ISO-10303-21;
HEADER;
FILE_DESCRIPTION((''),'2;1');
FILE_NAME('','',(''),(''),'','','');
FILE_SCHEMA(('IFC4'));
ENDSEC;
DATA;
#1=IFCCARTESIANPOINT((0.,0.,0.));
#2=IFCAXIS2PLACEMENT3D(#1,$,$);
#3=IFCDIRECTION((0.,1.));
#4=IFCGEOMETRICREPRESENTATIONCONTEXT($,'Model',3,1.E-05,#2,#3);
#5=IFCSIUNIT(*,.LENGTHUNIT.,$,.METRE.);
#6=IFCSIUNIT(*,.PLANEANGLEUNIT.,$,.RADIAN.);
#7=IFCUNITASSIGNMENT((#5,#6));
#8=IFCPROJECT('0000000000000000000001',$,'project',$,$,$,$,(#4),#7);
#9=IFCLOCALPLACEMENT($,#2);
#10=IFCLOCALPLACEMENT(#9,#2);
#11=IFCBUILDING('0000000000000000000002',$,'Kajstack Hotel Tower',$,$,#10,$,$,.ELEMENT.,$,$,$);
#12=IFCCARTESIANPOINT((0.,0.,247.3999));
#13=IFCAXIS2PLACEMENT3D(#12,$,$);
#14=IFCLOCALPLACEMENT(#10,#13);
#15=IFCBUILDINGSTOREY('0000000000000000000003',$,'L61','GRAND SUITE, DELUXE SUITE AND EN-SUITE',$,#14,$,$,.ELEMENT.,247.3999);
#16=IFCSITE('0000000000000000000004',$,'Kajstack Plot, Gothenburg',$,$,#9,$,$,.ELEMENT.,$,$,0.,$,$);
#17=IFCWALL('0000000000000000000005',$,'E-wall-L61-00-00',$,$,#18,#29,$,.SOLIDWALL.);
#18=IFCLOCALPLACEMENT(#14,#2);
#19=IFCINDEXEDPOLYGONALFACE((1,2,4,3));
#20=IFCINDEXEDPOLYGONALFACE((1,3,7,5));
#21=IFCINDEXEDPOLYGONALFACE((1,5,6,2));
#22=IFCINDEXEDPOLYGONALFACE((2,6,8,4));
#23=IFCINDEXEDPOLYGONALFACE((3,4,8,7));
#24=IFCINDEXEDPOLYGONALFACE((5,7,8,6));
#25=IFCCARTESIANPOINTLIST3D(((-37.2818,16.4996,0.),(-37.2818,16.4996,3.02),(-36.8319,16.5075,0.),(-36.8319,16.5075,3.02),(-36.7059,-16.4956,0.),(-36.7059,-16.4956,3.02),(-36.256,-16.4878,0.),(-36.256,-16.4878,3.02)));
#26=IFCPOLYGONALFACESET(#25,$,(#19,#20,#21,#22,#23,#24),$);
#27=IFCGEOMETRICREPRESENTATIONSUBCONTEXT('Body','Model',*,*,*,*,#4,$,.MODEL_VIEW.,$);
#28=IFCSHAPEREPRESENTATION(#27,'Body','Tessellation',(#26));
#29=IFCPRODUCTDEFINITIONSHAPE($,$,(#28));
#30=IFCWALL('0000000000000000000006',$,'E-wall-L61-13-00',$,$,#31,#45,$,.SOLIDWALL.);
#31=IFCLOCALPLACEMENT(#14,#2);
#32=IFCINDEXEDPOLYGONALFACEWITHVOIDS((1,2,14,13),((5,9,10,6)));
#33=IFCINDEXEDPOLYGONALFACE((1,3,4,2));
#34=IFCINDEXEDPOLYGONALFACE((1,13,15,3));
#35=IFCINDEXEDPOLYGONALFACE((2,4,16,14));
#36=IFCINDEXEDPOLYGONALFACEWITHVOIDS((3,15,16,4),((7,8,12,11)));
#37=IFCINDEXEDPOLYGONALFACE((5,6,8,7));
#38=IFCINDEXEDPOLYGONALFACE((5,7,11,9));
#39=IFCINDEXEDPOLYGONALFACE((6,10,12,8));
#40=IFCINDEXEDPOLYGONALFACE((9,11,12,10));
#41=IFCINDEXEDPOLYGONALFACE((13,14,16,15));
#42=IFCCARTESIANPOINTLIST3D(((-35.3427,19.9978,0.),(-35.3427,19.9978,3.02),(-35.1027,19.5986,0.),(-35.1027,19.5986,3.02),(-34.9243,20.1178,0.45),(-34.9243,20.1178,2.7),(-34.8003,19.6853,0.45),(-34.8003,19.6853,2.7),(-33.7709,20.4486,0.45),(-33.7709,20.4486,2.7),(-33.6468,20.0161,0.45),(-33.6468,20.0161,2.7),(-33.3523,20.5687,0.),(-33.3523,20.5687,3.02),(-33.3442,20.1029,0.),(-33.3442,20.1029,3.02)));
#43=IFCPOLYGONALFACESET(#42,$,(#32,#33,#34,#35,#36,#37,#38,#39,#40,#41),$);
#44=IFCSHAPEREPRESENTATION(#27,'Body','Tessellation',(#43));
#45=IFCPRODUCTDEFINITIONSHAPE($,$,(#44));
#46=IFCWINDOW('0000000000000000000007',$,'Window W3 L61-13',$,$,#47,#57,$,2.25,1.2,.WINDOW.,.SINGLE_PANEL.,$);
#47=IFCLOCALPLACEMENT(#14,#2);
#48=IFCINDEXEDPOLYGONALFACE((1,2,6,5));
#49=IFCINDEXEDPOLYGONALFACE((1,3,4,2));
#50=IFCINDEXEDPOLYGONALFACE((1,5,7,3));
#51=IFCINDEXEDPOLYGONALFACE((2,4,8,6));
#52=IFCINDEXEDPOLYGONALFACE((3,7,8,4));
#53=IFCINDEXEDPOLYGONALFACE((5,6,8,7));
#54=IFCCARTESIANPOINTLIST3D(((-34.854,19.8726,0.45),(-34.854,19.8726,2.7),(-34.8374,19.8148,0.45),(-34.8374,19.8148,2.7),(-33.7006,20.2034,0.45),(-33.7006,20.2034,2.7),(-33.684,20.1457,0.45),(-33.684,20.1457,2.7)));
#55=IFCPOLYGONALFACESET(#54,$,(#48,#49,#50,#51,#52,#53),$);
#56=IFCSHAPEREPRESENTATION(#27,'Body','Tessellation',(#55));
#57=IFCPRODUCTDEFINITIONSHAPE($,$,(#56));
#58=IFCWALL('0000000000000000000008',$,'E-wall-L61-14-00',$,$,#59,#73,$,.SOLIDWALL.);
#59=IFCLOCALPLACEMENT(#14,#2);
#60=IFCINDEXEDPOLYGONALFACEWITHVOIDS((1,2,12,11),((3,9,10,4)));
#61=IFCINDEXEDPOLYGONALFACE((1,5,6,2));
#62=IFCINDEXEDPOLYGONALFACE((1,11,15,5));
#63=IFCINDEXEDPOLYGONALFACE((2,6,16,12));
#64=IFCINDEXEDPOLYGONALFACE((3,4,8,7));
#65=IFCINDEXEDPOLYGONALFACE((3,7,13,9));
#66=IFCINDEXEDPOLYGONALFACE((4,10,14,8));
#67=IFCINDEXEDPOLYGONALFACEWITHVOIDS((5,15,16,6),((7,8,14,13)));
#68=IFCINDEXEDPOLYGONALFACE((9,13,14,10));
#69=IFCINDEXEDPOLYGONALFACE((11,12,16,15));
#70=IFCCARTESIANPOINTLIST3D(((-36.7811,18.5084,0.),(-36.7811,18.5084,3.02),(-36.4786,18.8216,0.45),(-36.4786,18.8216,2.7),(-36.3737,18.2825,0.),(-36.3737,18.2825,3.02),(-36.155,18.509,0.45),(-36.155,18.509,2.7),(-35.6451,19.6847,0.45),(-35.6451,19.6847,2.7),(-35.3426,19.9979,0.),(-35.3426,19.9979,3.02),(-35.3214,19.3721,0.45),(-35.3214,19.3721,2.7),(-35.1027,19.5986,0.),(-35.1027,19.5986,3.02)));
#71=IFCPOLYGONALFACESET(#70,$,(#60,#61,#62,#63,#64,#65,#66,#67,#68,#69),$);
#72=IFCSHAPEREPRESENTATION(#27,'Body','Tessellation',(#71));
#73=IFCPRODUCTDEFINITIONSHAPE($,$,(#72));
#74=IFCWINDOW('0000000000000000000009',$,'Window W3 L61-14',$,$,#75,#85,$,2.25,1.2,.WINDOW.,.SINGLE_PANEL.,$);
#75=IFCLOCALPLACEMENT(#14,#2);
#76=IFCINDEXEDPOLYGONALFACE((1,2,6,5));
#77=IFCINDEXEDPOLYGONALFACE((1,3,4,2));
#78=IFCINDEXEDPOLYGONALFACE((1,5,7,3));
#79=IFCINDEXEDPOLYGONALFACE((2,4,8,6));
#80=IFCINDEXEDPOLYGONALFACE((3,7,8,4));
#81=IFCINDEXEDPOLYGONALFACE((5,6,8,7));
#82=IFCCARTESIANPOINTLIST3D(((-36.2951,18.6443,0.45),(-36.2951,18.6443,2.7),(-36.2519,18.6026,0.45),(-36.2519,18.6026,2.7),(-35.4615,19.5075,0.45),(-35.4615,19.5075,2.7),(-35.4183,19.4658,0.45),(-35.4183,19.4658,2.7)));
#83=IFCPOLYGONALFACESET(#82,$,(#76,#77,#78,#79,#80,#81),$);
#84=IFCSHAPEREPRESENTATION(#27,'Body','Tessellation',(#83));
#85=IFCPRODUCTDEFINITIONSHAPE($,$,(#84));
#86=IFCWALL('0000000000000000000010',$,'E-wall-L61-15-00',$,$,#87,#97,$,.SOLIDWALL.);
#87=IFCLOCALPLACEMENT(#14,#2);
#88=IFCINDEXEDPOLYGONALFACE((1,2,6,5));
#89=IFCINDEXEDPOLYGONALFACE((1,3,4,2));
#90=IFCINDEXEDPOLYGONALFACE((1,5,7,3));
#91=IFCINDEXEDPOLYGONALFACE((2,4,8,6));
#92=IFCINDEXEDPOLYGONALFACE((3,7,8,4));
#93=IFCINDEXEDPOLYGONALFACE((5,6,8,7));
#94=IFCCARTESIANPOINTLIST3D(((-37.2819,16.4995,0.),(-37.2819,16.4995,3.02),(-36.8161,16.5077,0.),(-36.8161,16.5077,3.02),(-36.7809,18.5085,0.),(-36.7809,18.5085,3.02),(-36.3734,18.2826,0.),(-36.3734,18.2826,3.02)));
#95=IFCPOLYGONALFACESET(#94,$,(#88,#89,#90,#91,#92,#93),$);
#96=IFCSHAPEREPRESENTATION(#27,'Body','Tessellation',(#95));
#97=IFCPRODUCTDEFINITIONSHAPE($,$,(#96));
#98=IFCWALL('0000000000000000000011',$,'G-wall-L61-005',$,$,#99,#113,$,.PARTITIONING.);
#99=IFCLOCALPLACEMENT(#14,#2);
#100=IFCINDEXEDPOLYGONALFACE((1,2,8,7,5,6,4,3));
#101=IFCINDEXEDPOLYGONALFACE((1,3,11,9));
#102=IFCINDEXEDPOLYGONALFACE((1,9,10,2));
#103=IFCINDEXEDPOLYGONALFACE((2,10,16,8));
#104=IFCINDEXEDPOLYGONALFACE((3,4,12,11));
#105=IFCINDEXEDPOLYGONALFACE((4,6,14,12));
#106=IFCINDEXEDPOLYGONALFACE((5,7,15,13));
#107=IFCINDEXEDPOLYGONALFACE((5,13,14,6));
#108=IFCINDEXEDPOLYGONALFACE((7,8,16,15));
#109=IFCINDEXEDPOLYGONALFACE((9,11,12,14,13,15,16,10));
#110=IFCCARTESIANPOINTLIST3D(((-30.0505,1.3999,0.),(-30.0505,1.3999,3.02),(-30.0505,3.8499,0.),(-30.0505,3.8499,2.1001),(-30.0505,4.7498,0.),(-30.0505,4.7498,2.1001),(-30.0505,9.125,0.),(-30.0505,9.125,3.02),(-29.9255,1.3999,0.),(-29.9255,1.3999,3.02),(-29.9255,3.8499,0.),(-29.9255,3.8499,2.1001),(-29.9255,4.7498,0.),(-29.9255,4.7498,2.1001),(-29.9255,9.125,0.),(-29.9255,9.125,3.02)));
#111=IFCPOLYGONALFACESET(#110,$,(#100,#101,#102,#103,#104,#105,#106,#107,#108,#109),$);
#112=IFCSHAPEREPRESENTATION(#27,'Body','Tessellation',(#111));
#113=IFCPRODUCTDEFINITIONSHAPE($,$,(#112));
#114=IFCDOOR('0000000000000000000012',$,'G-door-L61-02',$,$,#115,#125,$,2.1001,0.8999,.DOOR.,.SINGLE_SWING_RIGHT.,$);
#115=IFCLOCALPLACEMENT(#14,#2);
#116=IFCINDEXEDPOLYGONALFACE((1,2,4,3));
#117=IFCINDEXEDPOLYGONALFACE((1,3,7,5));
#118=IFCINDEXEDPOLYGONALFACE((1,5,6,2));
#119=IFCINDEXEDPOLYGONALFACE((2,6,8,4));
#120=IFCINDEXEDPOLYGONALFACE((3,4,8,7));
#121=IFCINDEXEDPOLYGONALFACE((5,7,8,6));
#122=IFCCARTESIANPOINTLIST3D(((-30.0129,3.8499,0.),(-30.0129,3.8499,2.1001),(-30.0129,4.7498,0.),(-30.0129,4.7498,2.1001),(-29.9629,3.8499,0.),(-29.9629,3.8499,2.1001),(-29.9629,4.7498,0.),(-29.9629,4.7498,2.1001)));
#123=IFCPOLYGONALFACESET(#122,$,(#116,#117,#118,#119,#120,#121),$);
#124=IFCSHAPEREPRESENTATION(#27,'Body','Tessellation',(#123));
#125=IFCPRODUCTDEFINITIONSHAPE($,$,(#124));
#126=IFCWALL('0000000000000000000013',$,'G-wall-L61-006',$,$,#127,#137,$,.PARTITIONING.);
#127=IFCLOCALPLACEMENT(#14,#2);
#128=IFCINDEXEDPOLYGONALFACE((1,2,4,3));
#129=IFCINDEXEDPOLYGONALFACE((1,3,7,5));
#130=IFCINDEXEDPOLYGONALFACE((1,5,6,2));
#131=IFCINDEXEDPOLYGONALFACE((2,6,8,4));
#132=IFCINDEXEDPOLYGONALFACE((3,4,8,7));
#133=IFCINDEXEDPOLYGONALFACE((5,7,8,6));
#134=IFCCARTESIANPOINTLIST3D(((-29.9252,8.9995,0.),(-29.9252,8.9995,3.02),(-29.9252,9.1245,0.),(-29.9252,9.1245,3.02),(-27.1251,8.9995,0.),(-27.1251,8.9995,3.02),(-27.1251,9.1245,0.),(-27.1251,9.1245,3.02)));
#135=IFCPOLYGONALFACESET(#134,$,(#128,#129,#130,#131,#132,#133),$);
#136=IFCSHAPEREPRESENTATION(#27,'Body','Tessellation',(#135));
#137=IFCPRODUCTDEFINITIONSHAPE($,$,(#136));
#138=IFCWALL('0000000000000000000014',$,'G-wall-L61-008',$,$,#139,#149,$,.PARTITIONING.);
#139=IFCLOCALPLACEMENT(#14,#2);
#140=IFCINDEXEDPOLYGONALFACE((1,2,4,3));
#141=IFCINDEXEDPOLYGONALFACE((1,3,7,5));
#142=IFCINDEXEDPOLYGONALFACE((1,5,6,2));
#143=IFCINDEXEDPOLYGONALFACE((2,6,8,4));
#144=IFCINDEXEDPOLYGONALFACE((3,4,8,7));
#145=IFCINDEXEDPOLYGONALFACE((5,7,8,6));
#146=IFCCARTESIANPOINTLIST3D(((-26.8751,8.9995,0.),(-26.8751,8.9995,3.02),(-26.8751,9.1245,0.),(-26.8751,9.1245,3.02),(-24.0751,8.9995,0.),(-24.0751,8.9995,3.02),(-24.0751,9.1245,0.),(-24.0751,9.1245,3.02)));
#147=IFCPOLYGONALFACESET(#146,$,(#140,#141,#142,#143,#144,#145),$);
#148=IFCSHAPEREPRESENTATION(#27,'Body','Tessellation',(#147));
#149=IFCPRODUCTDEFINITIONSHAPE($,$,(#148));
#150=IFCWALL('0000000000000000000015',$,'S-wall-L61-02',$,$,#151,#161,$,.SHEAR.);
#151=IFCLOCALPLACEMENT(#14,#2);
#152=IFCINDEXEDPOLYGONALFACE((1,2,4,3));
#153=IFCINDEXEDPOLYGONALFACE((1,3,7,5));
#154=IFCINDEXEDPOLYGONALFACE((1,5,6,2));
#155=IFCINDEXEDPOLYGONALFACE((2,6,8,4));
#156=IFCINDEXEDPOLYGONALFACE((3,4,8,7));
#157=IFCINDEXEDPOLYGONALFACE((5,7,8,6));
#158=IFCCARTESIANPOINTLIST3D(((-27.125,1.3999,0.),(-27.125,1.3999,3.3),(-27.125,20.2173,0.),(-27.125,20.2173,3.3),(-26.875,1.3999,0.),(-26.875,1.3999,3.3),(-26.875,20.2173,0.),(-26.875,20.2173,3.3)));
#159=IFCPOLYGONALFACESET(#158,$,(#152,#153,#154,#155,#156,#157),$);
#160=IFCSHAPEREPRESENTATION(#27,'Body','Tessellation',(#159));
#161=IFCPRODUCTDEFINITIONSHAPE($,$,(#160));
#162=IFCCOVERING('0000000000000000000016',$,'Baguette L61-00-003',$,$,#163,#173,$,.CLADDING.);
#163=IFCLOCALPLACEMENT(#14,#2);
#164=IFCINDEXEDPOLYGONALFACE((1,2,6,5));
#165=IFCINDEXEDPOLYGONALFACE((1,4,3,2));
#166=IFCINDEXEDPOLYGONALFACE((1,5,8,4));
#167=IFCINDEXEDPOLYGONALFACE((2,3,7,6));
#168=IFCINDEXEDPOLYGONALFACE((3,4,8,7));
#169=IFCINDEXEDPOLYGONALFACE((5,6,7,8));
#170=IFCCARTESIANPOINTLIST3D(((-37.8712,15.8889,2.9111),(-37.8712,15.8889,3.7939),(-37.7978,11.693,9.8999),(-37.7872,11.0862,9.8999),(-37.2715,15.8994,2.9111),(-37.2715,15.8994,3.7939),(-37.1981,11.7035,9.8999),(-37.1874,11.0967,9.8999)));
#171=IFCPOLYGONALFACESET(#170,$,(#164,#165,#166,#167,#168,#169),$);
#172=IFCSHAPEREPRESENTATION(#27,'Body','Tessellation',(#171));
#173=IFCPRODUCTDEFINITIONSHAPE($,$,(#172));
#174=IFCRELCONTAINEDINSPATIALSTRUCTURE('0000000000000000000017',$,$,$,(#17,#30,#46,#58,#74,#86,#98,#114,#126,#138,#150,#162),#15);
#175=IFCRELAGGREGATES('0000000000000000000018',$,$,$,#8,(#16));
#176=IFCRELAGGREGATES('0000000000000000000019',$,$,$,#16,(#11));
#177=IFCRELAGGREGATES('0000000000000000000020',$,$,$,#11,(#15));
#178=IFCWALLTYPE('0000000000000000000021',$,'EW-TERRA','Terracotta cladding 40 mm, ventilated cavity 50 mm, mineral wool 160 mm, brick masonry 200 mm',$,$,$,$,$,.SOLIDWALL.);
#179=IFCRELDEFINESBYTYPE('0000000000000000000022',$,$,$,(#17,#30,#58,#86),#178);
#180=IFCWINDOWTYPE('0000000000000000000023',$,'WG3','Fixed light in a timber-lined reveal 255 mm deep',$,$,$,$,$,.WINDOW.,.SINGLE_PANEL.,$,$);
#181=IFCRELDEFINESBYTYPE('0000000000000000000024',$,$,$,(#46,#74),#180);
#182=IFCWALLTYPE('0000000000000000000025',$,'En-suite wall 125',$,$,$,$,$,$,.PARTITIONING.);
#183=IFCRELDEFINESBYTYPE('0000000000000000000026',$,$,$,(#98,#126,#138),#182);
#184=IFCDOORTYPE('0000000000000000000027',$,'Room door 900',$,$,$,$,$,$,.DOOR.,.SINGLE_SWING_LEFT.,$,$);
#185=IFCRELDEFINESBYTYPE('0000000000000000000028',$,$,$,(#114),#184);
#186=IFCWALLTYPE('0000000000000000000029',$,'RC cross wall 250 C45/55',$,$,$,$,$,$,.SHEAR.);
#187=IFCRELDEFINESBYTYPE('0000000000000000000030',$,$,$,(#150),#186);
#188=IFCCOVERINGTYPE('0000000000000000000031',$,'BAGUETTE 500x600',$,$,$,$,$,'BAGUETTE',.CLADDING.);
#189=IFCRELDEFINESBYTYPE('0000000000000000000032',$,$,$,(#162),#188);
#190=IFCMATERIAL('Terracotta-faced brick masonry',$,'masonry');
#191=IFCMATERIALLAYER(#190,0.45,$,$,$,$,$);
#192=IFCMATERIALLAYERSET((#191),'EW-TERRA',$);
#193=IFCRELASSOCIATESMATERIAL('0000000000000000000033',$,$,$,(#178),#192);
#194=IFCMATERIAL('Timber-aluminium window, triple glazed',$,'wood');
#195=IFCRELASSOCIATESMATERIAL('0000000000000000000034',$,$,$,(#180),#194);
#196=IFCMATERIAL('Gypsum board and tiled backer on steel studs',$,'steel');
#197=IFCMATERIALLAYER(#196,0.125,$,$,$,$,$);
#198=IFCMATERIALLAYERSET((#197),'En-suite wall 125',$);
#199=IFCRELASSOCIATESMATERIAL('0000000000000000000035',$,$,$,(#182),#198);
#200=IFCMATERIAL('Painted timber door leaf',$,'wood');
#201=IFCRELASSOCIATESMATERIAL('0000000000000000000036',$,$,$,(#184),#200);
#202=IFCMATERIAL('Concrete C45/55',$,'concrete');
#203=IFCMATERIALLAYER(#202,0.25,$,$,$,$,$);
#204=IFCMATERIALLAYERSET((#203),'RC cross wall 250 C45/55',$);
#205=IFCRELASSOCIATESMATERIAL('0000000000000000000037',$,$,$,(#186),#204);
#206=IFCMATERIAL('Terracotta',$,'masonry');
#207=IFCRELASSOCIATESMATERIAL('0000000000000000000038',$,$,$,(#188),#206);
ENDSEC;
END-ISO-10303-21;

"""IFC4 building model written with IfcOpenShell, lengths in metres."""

from ifc_helpers import new_model, si_unit, direction, frame, frame_2d, origin, origin_2d, place, context, subcontext, project, spatial, polyline, rectangle, outline, extrude, material, layer, layer_set, material_profile, profile_set, type_object, element, fill, save


model = new_model("IFC4")

# Units and contexts
model_context = context("Model", 3, precision=1e-05, world=origin(), true_north=direction((0.0, 1.0)))
body_context = subcontext(model_context, "Body", "Model", "MODEL_VIEW")
ifc_project = project(units=[si_unit("LENGTHUNIT", "METRE"), si_unit("PLANEANGLEUNIT", "RADIAN")], contexts=[model_context])

# Site, building, storey
site_placement = place(None, origin())
site = spatial("IfcSite", under=ifc_project, at=site_placement, Name="Kajstack Plot, Gothenburg", CompositionType="ELEMENT", RefElevation=0.0)
building_placement = place(site_placement, origin())
building = spatial("IfcBuilding", under=site, at=building_placement, Name="Kajstack Hotel Tower", CompositionType="ELEMENT")
storey_placement = place(building_placement, frame((0.0, 0.0, 247.3999)))
storey = spatial("IfcBuildingStorey", under=building, at=storey_placement, Name="L61", Description="GRAND SUITE, DELUXE SUITE AND EN-SUITE", CompositionType="ELEMENT", Elevation=247.3999)

# Wall
ifc_material_1 = material(Name="Terracotta-faced brick masonry", Category="masonry")
ifc_layer_1 = layer(ifc_material_1, 0.45)
ifc_layer_set_1 = layer_set([ifc_layer_1], Name="EW-TERRA")
wall_type_1 = type_object("IfcWallType", Name="EW-TERRA", Description="Terracotta cladding 40 mm, ventilated cavity 50 mm, mineral wool 160 mm, brick masonry 200 mm", PredefinedType="SOLIDWALL", material=ifc_layer_set_1)
wall_1_placement = place(storey_placement, frame((-37.0569, 16.5034, 0.0), z_axis=(0.0, 0.0, 1.0), x_axis=(0.017452, -0.999848, 0.0)))
element("IfcWall", 1, at=wall_1_placement, inside=storey, type_object=wall_type_1, Name="E-wall-L61-00-00", PredefinedType="SOLIDWALL", context=body_context, shape_type="SweptSolid", body=[
    extrude(rectangle(XDim=33.0002, YDim=0.45, at=frame_2d((16.5, 0.0))), origin(), (0.0, 0.0, 1.0), 3.02),
])

# Walls, openings, windows
wall_2_placement = place(storey_placement, frame((-33.2903, 20.3523, 0.0), z_axis=(0.0, 0.0, 1.0), x_axis=(-0.961248, -0.275687, 0.0)))
wall_2 = element("IfcWall", 2, at=wall_2_placement, inside=storey, type_object=wall_type_1, Name="E-wall-L61-13-00", PredefinedType="SOLIDWALL", context=body_context, shape_type="SweptSolid", body=[
    extrude(outline(polyline([(0.0, -0.2251), (2.0706, -0.2251), (1.95, 0.2249), (0.1206, 0.2249), (0.0, -0.2251)])), origin(), (0.0, 0.0, 1.0), 3.02),
])
opening_1_placement = place(wall_2_placement, frame((0.4353, 0.0, 0.45)))
opening_1 = element("IfcOpeningElement", 3, at=opening_1_placement, cuts=wall_2, PredefinedType="OPENING", context=body_context, shape_type="SweptSolid", body=[
    extrude(rectangle(XDim=1.2, YDim=2.25, at=frame_2d((0.6001, 1.125))), frame((0.0, 0.2349, 0.0), z_axis=(0.0, -1.0, 0.0), x_axis=(1.0, 0.0, 0.0)), (0.0, 0.0, 1.0), 0.47),
])
ifc_material_2 = material(Name="Timber-aluminium window, triple glazed", Category="wood")
window_type = type_object("IfcWindowType", Name="WG3", Description="Fixed light in a timber-lined reveal 255 mm deep", PartitioningType="SINGLE_PANEL", PredefinedType="WINDOW", material=ifc_material_2)
window_1_placement = place(opening_1_placement, origin())
window_1 = element("IfcWindow", 4, at=window_1_placement, inside=storey, type_object=window_type, Name="Window W3 L61-13", OverallHeight=2.25, OverallWidth=1.2, PartitioningType="SINGLE_PANEL", PredefinedType="WINDOW", context=body_context, shape_type="SweptSolid", body=[
    extrude(rectangle(XDim=1.2, YDim=2.25, at=frame_2d((0.6001, 1.125))), frame((0.0, 0.0901, 0.0), z_axis=(0.0, -1.0, 0.0), x_axis=(1.0, 0.0, 0.0)), (0.0, 0.0, 1.0), 0.0601),
])
fill(opening_1, window_1)
wall_3_placement = place(storey_placement, frame((-35.1807, 19.8416, 0.0), z_axis=(0.0, 0.0, 1.0), x_axis=(-0.694679, -0.71932, 0.0)))
wall_3 = element("IfcWall", 5, at=wall_3_placement, inside=storey, type_object=wall_type_1, Name="E-wall-L61-14-00", PredefinedType="SOLIDWALL", context=body_context, shape_type="SweptSolid", body=[
    extrude(outline(polyline([(0.0, -0.2251), (2.0708, -0.2251), (1.9502, 0.2249), (0.1206, 0.2249), (0.0, -0.2251)])), origin(), (0.0, 0.0, 1.0), 3.02),
])
opening_2_placement = place(wall_3_placement, frame((0.4353, 0.0, 0.45)))
opening_2 = element("IfcOpeningElement", 6, at=opening_2_placement, cuts=wall_3, PredefinedType="OPENING", context=body_context, shape_type="SweptSolid", body=[
    extrude(rectangle(XDim=1.2, YDim=2.25, at=frame_2d((0.6001, 1.125))), frame((0.0, 0.2349, 0.0), z_axis=(0.0, -1.0, 0.0), x_axis=(1.0, 0.0, 0.0)), (0.0, 0.0, 1.0), 0.47),
])
window_2_placement = place(opening_2_placement, origin())
window_2 = element("IfcWindow", 7, at=window_2_placement, inside=storey, type_object=window_type, Name="Window W3 L61-14", OverallHeight=2.25, OverallWidth=1.2, PartitioningType="SINGLE_PANEL", PredefinedType="WINDOW", context=body_context, shape_type="SweptSolid", body=[
    extrude(rectangle(XDim=1.2, YDim=2.25, at=frame_2d((0.6001, 1.125))), frame((0.0, 0.0901, 0.0), z_axis=(0.0, -1.0, 0.0), x_axis=(1.0, 0.0, 0.0)), (0.0, 0.0, 1.0), 0.0601),
])
fill(opening_2, window_2)

# Wall
wall_4_placement = place(storey_placement, frame((-36.5627, 18.4539, 0.0), z_axis=(0.0, 0.0, 1.0), x_axis=(-0.24187, -0.970309, 0.0)))
element("IfcWall", 8, at=wall_4_placement, inside=storey, type_object=wall_type_1, Name="E-wall-L61-15-00", PredefinedType="SOLIDWALL", context=body_context, shape_type="SweptSolid", body=[
    extrude(outline(polyline([(-0.0002, -0.2249), (2.0703, -0.2251), (1.9497, 0.2249), (0.1204, 0.2251), (-0.0002, -0.2249)])), origin(), (0.0, 0.0, 1.0), 3.02),
])

# Wall, opening, door
ifc_material_3 = material(Name="Gypsum board and tiled backer on steel studs", Category="steel")
ifc_layer_2 = layer(ifc_material_3, 0.125)
ifc_layer_set_2 = layer_set([ifc_layer_2], Name="En-suite wall 125")
wall_type_2 = type_object("IfcWallType", Name="En-suite wall 125", PredefinedType="PARTITIONING", material=ifc_layer_set_2)
wall_5_placement = place(storey_placement, frame((-29.988, 1.3999, 0.0), z_axis=(0.0, 0.0, 1.0), x_axis=(0.0, 1.0, 0.0)))
wall_5 = element("IfcWall", 9, at=wall_5_placement, inside=storey, type_object=wall_type_2, Name="G-wall-L61-005", PredefinedType="PARTITIONING", context=body_context, shape_type="SweptSolid", body=[
    extrude(rectangle(XDim=7.7251, YDim=0.125, at=frame_2d((3.8625, 0.0))), origin(), (0.0, 0.0, 1.0), 3.02),
])
opening_3_placement = place(wall_5_placement, frame((2.45, 0.0, 0.0)))
opening_3 = element("IfcOpeningElement", 10, at=opening_3_placement, cuts=wall_5, PredefinedType="OPENING", context=body_context, shape_type="SweptSolid", body=[
    extrude(rectangle(XDim=0.8999, YDim=2.1001, at=frame_2d((0.45, 1.05))), frame((0.0, 0.0725, 0.0), z_axis=(0.0, -1.0, 0.0), x_axis=(1.0, 0.0, 0.0)), (0.0, 0.0, 1.0), 0.145),
])
ifc_material_4 = material(Name="Painted timber door leaf", Category="wood")
door_type = type_object("IfcDoorType", Name="Room door 900", OperationType="SINGLE_SWING_LEFT", PredefinedType="DOOR", material=ifc_material_4)
door_placement = place(opening_3_placement, origin())
door = element("IfcDoor", 11, at=door_placement, inside=storey, type_object=door_type, Name="G-door-L61-02", OperationType="SINGLE_SWING_RIGHT", OverallHeight=2.1001, OverallWidth=0.8999, PredefinedType="DOOR", context=body_context, shape_type="SweptSolid", body=[
    extrude(rectangle(XDim=0.8999, YDim=2.1001, at=frame_2d((0.45, 1.05))), frame((0.0, 0.0249, 0.0), z_axis=(0.0, -1.0, 0.0), x_axis=(1.0, 0.0, 0.0)), (0.0, 0.0, 1.0), 0.05),
])
fill(opening_3, door)

# Walls
for number, where, z_axis, x_axis, name in (
    (12, (-29.925, 9.062, 0.0), (0.0, 0.0, 1.0), (1.0, 0.0, 0.0), "G-wall-L61-006"),
    (13, (-26.875, 9.062, 0.0), (0.0, 0.0, 1.0), (1.0, 0.0, 0.0), "G-wall-L61-008"),
):
    element("IfcWall", number, at=place(storey_placement, frame(where, z_axis=z_axis, x_axis=x_axis)), inside=storey, type_object=wall_type_2, Name=name, PredefinedType="PARTITIONING", context=body_context, shape_type="SweptSolid", body=[
        extrude(rectangle(XDim=2.8, YDim=0.125, at=frame_2d((1.3999, 0.0))), origin(), (0.0, 0.0, 1.0), 3.02),
    ])
ifc_material_5 = material(Name="Concrete C45/55", Category="concrete")
ifc_layer_3 = layer(ifc_material_5, 0.25)
ifc_layer_set_3 = layer_set([ifc_layer_3], Name="RC cross wall 250 C45/55")
wall_type_3 = type_object("IfcWallType", Name="RC cross wall 250 C45/55", PredefinedType="SHEAR", material=ifc_layer_set_3)
wall_6_placement = place(storey_placement, frame((-27.0, 1.3999, 0.0), z_axis=(0.0, 0.0, 1.0), x_axis=(0.0, 1.0, 0.0)))
element("IfcWall", 14, at=wall_6_placement, inside=storey, type_object=wall_type_3, Name="S-wall-L61-02", PredefinedType="SHEAR", context=body_context, shape_type="SweptSolid", body=[
    extrude(rectangle(XDim=18.8174, YDim=0.25, at=frame_2d((9.4087, 0.0))), origin(), (0.0, 0.0, 1.0), 3.3),
])

# Covering
ifc_material_6 = material(Name="Terracotta", Category="masonry")
ifc_material_profile = material_profile(ifc_material_6, rectangle(XDim=0.6001, YDim=0.5, at=origin_2d()), Name="Terracotta-clad concrete baguette 500 x 600")
ifc_profile_set = profile_set([ifc_material_profile], Name="Terracotta")
covering_type = type_object("IfcCoveringType", Name="BAGUETTE 500x600", ElementType="BAGUETTE", PredefinedType="CLADDING", material=ifc_profile_set)
covering_1_placement = place(storey_placement, frame((-37.2715, 15.8994, 0.0), z_axis=(-0.999847, -0.017498, 0.0), x_axis=(0.017498, -0.999847, 0.0)))
element("IfcCovering", 15, at=covering_1_placement, inside=storey, type_object=covering_type, Name="Baguette L61-00-003", PredefinedType="CLADDING", context=body_context, shape_type="SweptSolid", body=[
    extrude(outline(polyline([(4.1965, 9.8999), (0.0, 3.7939), (0.0, 2.9111), (4.8035, 9.8999), (4.1965, 9.8999)])), origin(), (0.0, 0.0, 1.0), 0.5999),
])

save(model, "model.ifc")
